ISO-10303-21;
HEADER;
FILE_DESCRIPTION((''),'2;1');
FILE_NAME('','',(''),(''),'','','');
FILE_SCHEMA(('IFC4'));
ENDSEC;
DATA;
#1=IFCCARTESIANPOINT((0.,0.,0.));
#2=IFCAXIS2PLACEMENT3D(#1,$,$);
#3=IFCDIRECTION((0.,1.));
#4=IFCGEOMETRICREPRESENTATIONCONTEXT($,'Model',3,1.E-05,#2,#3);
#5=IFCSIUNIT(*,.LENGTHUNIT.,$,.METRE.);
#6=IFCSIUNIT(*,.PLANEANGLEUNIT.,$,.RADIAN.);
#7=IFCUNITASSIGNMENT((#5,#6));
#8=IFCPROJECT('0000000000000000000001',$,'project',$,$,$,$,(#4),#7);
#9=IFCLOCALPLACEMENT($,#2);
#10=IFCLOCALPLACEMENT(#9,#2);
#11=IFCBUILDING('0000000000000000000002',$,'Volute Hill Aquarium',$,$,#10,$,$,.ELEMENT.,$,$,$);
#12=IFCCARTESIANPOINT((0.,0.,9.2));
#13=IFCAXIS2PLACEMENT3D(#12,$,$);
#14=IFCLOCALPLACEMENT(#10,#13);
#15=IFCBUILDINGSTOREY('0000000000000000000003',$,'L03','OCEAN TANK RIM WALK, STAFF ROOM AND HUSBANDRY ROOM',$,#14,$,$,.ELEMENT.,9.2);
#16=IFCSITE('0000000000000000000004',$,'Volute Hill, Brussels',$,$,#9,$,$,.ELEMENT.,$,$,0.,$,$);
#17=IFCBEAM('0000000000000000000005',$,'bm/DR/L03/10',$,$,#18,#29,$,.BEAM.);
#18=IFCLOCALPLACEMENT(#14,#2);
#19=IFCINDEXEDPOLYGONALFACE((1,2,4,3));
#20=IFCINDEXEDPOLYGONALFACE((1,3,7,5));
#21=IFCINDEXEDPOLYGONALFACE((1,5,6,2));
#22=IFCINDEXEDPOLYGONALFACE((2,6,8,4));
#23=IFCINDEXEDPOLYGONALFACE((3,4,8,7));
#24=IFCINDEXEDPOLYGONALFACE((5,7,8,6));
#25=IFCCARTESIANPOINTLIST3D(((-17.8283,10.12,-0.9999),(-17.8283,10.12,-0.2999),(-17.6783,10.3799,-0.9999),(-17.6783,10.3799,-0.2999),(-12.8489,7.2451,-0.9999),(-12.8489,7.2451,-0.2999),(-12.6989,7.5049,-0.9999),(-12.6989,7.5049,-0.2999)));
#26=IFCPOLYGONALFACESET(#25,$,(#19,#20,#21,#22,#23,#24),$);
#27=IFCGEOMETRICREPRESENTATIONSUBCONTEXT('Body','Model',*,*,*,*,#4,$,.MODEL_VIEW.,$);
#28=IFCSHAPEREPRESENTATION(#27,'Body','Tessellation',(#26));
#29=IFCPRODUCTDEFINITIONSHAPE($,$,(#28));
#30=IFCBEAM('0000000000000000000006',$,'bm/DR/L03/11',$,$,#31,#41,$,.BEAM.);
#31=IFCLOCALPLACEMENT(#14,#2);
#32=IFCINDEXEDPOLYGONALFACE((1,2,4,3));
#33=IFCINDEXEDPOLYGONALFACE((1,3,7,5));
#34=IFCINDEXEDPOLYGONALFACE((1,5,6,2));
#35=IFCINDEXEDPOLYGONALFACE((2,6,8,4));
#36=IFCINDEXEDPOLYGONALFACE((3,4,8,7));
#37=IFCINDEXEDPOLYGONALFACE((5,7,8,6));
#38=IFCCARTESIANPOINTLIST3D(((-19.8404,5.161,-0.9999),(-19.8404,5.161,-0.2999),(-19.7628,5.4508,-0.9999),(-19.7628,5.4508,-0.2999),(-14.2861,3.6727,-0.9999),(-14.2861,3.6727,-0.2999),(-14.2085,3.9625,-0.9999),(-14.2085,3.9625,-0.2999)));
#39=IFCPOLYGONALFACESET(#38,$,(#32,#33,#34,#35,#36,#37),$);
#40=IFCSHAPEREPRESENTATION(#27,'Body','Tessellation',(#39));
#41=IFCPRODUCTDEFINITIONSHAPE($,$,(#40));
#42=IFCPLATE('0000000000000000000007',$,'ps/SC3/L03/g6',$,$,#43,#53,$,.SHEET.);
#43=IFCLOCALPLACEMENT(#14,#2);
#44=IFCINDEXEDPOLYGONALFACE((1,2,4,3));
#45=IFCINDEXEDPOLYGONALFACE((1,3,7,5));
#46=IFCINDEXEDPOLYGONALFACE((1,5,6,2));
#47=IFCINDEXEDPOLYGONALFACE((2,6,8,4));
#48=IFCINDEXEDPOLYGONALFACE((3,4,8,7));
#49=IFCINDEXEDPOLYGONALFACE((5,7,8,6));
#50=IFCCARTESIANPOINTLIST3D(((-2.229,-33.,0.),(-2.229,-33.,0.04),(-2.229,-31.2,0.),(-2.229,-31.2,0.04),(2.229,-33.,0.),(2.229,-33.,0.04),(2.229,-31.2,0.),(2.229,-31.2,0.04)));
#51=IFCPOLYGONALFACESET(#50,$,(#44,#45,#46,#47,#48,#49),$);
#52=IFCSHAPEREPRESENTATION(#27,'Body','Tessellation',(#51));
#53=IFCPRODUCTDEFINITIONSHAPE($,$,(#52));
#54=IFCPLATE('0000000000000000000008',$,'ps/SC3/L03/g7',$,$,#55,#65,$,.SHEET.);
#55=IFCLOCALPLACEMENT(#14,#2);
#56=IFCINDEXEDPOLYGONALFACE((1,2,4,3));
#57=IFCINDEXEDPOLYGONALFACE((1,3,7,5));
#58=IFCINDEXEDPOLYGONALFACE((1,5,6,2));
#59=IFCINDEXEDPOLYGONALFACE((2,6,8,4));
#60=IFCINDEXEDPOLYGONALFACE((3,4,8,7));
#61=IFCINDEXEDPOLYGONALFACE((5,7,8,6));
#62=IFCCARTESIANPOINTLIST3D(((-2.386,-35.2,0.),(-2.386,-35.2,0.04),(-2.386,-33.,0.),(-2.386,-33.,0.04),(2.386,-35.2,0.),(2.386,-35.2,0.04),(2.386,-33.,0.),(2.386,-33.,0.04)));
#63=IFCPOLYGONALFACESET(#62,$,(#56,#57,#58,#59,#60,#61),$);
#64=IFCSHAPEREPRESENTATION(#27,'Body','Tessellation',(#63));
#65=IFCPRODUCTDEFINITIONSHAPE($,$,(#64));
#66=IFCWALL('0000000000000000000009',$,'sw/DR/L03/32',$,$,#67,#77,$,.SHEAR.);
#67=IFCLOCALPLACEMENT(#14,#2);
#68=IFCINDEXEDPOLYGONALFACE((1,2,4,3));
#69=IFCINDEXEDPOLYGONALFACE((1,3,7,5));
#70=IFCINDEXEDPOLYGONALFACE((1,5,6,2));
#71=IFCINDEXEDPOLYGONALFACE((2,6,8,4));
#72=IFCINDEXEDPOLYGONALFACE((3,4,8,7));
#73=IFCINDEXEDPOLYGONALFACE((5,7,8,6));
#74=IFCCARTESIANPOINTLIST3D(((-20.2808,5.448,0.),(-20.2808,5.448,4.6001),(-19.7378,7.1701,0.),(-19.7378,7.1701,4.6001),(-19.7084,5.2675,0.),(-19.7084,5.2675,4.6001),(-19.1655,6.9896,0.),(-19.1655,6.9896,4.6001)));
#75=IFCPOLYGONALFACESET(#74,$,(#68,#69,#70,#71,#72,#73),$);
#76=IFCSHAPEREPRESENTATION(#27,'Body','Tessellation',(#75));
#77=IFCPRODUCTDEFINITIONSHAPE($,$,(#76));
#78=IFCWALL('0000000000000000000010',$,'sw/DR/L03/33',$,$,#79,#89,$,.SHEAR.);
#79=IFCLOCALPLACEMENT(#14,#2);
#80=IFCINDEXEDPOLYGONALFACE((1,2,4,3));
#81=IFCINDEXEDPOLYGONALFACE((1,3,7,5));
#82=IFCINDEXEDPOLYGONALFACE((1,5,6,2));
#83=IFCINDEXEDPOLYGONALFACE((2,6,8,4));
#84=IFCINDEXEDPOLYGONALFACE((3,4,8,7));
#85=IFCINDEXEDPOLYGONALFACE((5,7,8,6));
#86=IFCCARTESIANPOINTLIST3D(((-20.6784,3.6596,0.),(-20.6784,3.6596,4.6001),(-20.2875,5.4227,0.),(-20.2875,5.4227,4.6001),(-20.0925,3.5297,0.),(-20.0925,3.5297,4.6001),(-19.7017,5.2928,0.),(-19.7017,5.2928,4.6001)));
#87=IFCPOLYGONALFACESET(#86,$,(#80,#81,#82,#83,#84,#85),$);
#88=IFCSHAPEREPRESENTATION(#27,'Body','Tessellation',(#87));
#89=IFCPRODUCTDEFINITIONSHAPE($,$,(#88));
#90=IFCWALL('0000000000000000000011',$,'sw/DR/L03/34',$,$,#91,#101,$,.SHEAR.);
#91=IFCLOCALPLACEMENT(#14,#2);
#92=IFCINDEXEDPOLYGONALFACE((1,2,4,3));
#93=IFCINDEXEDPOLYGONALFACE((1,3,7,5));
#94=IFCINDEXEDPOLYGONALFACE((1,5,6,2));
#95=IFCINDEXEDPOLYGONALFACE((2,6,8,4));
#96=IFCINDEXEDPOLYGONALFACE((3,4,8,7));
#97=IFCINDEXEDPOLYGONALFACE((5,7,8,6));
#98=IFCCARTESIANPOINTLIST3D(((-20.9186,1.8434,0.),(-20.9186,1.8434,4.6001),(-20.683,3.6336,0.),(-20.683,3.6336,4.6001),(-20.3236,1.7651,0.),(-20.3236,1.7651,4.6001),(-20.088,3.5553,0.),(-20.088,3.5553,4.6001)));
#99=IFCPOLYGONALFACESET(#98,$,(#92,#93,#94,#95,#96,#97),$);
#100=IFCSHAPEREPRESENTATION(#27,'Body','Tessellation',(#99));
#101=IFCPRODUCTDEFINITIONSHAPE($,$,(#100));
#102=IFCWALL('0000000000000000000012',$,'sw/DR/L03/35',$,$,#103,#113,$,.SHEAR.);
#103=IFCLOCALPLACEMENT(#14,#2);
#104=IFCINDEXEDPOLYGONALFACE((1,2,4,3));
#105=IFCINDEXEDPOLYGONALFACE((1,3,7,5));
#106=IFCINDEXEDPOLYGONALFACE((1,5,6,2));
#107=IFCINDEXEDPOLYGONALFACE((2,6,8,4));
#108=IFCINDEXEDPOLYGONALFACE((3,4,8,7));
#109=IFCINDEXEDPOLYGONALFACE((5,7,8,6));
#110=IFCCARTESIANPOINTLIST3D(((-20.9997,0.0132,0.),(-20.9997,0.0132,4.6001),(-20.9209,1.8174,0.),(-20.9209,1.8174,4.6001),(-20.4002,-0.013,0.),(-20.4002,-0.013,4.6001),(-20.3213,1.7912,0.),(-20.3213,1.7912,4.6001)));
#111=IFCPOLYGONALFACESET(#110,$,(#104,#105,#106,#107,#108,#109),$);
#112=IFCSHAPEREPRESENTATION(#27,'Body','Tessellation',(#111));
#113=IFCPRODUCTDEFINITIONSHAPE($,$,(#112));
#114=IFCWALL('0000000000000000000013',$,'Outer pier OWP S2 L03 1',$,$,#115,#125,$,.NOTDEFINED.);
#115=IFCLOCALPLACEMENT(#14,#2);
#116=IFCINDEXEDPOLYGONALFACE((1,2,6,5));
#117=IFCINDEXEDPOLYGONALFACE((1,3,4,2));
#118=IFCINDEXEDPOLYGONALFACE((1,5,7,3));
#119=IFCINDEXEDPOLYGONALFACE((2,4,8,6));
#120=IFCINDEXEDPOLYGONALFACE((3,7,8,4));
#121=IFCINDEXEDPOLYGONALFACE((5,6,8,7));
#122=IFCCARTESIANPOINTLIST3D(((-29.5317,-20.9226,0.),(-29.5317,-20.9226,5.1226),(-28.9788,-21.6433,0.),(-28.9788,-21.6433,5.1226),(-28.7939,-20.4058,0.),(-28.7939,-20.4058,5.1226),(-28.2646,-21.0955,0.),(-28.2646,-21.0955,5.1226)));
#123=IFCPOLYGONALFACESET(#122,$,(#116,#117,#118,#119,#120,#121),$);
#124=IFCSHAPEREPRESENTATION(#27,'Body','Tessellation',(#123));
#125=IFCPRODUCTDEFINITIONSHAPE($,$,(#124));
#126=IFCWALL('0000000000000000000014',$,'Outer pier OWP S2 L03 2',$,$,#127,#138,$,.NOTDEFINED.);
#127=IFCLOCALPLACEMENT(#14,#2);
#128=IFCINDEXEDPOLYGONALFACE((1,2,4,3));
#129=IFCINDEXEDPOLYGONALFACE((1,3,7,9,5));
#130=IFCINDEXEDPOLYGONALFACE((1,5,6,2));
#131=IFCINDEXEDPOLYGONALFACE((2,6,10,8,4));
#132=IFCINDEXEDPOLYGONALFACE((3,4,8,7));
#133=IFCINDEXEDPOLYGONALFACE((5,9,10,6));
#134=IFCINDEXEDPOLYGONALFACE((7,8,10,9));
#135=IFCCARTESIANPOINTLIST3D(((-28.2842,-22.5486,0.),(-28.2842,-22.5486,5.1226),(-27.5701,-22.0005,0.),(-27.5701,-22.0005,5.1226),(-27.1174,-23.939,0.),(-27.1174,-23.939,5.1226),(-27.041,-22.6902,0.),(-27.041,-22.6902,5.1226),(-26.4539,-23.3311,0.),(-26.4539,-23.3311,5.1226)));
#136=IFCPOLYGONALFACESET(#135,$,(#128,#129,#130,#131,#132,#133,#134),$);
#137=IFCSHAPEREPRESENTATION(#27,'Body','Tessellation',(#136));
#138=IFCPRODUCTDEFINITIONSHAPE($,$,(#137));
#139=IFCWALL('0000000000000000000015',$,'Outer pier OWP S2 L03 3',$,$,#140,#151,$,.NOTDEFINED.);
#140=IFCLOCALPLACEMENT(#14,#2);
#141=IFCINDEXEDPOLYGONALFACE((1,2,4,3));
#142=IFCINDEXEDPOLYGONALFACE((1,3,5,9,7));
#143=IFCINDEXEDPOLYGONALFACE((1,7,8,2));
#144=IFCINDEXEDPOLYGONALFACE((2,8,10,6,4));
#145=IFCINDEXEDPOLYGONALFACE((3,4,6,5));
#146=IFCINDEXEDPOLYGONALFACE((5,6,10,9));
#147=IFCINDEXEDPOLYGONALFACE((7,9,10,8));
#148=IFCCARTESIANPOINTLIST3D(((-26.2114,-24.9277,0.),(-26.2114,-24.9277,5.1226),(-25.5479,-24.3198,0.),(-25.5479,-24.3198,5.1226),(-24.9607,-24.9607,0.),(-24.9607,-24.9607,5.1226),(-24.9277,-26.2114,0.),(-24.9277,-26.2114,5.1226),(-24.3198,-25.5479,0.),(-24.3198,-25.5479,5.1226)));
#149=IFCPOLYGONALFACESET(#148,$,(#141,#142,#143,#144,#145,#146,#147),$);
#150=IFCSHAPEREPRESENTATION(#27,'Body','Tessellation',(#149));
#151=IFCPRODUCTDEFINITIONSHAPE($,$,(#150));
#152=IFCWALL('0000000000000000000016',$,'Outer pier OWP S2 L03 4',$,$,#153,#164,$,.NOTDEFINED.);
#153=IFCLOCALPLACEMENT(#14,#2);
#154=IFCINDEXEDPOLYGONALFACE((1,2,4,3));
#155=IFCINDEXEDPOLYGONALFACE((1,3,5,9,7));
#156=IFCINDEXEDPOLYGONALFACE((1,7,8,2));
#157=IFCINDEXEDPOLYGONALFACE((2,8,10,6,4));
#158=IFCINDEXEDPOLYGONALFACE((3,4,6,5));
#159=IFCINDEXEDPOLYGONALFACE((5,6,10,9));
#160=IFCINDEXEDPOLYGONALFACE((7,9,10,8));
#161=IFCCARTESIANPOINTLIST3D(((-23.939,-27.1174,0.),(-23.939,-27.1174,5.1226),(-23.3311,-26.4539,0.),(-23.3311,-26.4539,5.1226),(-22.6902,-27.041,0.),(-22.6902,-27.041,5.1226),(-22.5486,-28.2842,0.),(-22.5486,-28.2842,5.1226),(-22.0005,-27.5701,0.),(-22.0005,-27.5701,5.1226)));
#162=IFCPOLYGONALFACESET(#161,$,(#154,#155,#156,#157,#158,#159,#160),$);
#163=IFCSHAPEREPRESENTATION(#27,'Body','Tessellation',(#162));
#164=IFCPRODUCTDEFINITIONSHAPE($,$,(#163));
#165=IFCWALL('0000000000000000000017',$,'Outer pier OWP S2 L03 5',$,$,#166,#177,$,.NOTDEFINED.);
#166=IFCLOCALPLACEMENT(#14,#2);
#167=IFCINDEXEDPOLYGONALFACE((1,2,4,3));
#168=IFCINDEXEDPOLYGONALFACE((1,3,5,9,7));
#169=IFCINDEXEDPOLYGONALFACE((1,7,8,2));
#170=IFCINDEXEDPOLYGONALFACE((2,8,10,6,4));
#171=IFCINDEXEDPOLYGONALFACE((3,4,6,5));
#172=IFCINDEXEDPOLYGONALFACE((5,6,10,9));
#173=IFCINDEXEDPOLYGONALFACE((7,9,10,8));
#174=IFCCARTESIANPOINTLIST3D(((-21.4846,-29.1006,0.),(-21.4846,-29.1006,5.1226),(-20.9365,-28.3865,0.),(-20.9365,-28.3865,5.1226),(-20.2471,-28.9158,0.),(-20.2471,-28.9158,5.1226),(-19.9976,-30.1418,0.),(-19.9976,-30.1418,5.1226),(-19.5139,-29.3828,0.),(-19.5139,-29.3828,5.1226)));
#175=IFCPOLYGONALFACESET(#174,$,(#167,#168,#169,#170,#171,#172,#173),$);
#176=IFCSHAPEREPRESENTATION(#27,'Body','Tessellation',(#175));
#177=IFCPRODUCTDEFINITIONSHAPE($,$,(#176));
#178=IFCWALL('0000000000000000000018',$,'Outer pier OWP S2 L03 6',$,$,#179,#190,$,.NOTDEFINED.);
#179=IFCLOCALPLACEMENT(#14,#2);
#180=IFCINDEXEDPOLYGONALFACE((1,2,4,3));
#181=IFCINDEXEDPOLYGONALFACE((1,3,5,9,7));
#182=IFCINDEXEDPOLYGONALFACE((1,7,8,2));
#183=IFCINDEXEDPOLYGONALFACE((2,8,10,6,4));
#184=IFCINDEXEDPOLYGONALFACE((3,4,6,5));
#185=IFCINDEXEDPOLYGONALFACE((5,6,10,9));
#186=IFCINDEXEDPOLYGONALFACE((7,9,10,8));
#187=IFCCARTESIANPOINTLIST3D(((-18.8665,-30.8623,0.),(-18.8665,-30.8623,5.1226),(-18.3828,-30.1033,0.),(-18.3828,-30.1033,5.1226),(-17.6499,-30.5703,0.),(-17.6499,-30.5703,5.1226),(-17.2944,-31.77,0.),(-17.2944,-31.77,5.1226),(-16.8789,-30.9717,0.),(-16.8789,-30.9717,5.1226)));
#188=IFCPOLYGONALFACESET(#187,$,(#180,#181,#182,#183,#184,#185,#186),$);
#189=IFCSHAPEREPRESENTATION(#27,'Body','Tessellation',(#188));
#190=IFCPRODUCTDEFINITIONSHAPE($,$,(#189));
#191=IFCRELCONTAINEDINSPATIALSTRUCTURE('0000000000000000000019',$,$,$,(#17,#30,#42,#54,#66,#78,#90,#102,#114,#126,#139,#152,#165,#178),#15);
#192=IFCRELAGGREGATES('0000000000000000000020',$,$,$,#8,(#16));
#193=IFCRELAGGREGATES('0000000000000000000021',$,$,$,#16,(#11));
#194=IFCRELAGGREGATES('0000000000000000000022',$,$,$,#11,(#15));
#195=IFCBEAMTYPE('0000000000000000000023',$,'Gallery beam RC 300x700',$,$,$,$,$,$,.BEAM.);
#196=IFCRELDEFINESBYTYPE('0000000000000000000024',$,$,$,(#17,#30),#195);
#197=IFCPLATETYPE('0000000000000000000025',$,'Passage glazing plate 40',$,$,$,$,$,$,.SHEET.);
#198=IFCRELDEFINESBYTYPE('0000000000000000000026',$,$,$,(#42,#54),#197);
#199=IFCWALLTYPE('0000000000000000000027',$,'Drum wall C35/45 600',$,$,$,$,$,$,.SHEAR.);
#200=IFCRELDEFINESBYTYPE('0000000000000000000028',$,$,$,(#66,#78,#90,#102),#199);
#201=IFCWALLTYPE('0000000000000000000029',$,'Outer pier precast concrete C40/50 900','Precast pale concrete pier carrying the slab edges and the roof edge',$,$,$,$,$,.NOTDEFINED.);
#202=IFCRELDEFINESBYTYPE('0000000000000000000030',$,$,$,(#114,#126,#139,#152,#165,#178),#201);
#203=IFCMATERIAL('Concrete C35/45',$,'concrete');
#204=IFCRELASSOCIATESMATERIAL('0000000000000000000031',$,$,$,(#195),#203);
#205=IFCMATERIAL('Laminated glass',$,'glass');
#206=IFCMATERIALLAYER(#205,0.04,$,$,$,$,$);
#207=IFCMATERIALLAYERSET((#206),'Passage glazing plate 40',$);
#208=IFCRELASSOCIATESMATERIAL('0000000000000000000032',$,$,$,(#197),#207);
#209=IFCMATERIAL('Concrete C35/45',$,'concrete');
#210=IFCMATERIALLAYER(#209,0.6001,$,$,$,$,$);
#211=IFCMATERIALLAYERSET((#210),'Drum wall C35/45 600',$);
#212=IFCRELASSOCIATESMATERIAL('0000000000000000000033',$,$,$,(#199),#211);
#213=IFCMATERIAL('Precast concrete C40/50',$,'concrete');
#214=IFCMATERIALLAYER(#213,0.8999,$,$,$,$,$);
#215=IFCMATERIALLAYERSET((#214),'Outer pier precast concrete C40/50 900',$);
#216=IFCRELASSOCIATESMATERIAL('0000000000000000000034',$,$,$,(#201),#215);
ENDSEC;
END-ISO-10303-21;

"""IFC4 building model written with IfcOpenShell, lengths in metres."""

from ifc_helpers import new_model, si_unit, direction, frame, frame_2d, origin, origin_2d, place, context, subcontext, project, spatial, polyline, rectangle, outline, extrude, material, layer, layer_set, material_profile, profile_set, type_object, element, save


model = new_model("IFC4")

# Units and contexts
model_context = context("Model", 3, precision=1e-05, world=origin(), true_north=direction((0.0, 1.0)))
body_context = subcontext(model_context, "Body", "Model", "MODEL_VIEW")
ifc_project = project(units=[si_unit("LENGTHUNIT", "METRE"), si_unit("PLANEANGLEUNIT", "RADIAN")], contexts=[model_context])

# Site, building, storey
site_placement = place(None, origin())
site = spatial("IfcSite", under=ifc_project, at=site_placement, Name="Volute Hill, Brussels", CompositionType="ELEMENT", RefElevation=0.0)
building_placement = place(site_placement, origin())
building = spatial("IfcBuilding", under=site, at=building_placement, Name="Volute Hill Aquarium", CompositionType="ELEMENT")
storey_placement = place(building_placement, frame((0.0, 0.0, 9.2)))
storey = spatial("IfcBuildingStorey", under=building, at=storey_placement, Name="L03", Description="OCEAN TANK RIM WALK, STAFF ROOM AND HUSBANDRY ROOM", CompositionType="ELEMENT", Elevation=9.2)

# Beams
ifc_material_1 = material(Name="Concrete C35/45", Category="concrete")
ifc_material_profile = material_profile(ifc_material_1, rectangle(XDim=0.3, YDim=0.7, at=origin_2d()), Name="RC beam 300x700")
ifc_profile_set = profile_set([ifc_material_profile], Name="Concrete C35/45")
beam_type = type_object("IfcBeamType", Name="Gallery beam RC 300x700", PredefinedType="BEAM", material=ifc_profile_set)
beam_1_placement = place(storey_placement, frame((-12.7739, 7.375, -0.6499), z_axis=(-0.866019, 0.500012, 0.0), x_axis=(-0.500012, -0.866019, 0.0)))
element("IfcBeam", 1, at=beam_1_placement, inside=storey, type_object=beam_type, Name="bm/DR/L03/10", PredefinedType="BEAM", context=body_context, shape_type="SweptSolid", body=[
    extrude(rectangle(XDim=0.3, YDim=0.7, at=origin_2d()), origin(), (0.0, 0.0, 1.0), 5.7498),
])
beam_2_placement = place(storey_placement, frame((-14.2473, 3.8176, -0.6499), z_axis=(-0.965924, 0.258825, 0.0), x_axis=(-0.258825, -0.965924, 0.0)))
element("IfcBeam", 2, at=beam_2_placement, inside=storey, type_object=beam_type, Name="bm/DR/L03/11", PredefinedType="BEAM", context=body_context, shape_type="SweptSolid", body=[
    extrude(rectangle(XDim=0.3, YDim=0.7, at=origin_2d()), origin(), (0.0, 0.0, 1.0), 5.7502),
])

# Plates
ifc_material_2 = material(Name="Laminated glass", Category="glass")
ifc_layer_1 = layer(ifc_material_2, 0.04)
ifc_layer_set_1 = layer_set([ifc_layer_1], Name="Passage glazing plate 40")
plate_type = type_object("IfcPlateType", Name="Passage glazing plate 40", PredefinedType="SHEET", material=ifc_layer_set_1)
plate_1_placement = place(storey_placement, origin())
element("IfcPlate", 3, at=plate_1_placement, inside=storey, type_object=plate_type, Name="ps/SC3/L03/g6", PredefinedType="SHEET", context=body_context, shape_type="SweptSolid", body=[
    extrude(outline(polyline([(-2.229, -31.2), (-2.229, -33.0), (2.229, -33.0), (2.229, -31.2), (-2.229, -31.2)])), origin(), (0.0, 0.0, 1.0), 0.04),
])
plate_2_placement = place(storey_placement, origin())
element("IfcPlate", 4, at=plate_2_placement, inside=storey, type_object=plate_type, Name="ps/SC3/L03/g7", PredefinedType="SHEET", context=body_context, shape_type="SweptSolid", body=[
    extrude(outline(polyline([(-2.386, -33.0), (-2.386, -35.2), (2.386, -35.2), (2.386, -33.0), (-2.386, -33.0)])), origin(), (0.0, 0.0, 1.0), 0.04),
])

# Walls
ifc_material_3 = material(Name="Concrete C35/45", Category="concrete")
ifc_layer_2 = layer(ifc_material_3, 0.6001)
ifc_layer_set_2 = layer_set([ifc_layer_2], Name="Drum wall C35/45 600")
wall_type_1 = type_object("IfcWallType", Name="Drum wall C35/45 600", PredefinedType="SHEAR", material=ifc_layer_set_2)
wall_1_placement = place(storey_placement, frame((-19.4517, 7.0798, 0.0), z_axis=(0.0, 0.0, 1.0), x_axis=(-0.300691, -0.953722, 0.0)))
element("IfcWall", 5, at=wall_1_placement, inside=storey, type_object=wall_type_1, Name="sw/DR/L03/32", PredefinedType="SHEAR", context=body_context, shape_type="SweptSolid", body=[
    extrude(rectangle(XDim=1.8057, YDim=0.6001, at=frame_2d((0.9028, 0.0))), origin(), (0.0, 0.0, 1.0), 4.6001),
])
wall_2_placement = place(storey_placement, frame((-19.9946, 5.3577, 0.0), z_axis=(0.0, 0.0, 1.0), x_axis=(-0.216429, -0.976298, 0.0)))
element("IfcWall", 6, at=wall_2_placement, inside=storey, type_object=wall_type_1, Name="sw/DR/L03/33", PredefinedType="SHEAR", context=body_context, shape_type="SweptSolid", body=[
    extrude(rectangle(XDim=1.8059, YDim=0.6001, at=frame_2d((0.9028, 0.0))), origin(), (0.0, 0.0, 1.0), 4.6001),
])
wall_3_placement = place(storey_placement, frame((-20.3855, 3.5945, 0.0), z_axis=(0.0, 0.0, 1.0), x_axis=(-0.130472, -0.991452, 0.0)))
element("IfcWall", 7, at=wall_3_placement, inside=storey, type_object=wall_type_1, Name="sw/DR/L03/34", PredefinedType="SHEAR", context=body_context, shape_type="SweptSolid", body=[
    extrude(rectangle(XDim=1.8057, YDim=0.6001, at=frame_2d((0.9028, 0.0))), origin(), (0.0, 0.0, 1.0), 4.6001),
])
wall_4_placement = place(storey_placement, frame((-20.6211, 1.8042, 0.0), z_axis=(0.0, 0.0, 1.0), x_axis=(-0.043666, -0.999046, 0.0)))
element("IfcWall", 8, at=wall_4_placement, inside=storey, type_object=wall_type_1, Name="sw/DR/L03/35", PredefinedType="SHEAR", context=body_context, shape_type="SweptSolid", body=[
    extrude(rectangle(XDim=1.8059, YDim=0.6001, at=frame_2d((0.9028, 0.0))), origin(), (0.0, 0.0, 1.0), 4.6001),
])
ifc_material_4 = material(Name="Precast concrete C40/50", Category="concrete")
ifc_layer_3 = layer(ifc_material_4, 0.8999)
ifc_layer_set_3 = layer_set([ifc_layer_3], Name="Outer pier precast concrete C40/50 900")
wall_type_2 = type_object("IfcWallType", Name="Outer pier precast concrete C40/50 900", Description="Precast pale concrete pier carrying the slab edges and the roof edge", PredefinedType="NOTDEFINED", material=ifc_layer_set_3)
wall_5_placement = place(storey_placement, origin())
element("IfcWall", 9, at=wall_5_placement, inside=storey, type_object=wall_type_2, Name="Outer pier OWP S2 L03 1", PredefinedType="NOTDEFINED", context=body_context, shape_type="SweptSolid", body=[
    extrude(outline(polyline([(-28.7939, -20.4058), (-29.5317, -20.9226), (-28.9788, -21.6433), (-28.2646, -21.0955), (-28.7939, -20.4058)])), origin(), (0.0, 0.0, 1.0), 5.1226),
])
wall_6_placement = place(storey_placement, origin())
element("IfcWall", 10, at=wall_6_placement, inside=storey, type_object=wall_type_2, Name="Outer pier OWP S2 L03 2", PredefinedType="NOTDEFINED", context=body_context, shape_type="SweptSolid", body=[
    extrude(outline(polyline([(-27.5701, -22.0005), (-28.2842, -22.5486), (-27.1174, -23.939), (-26.4539, -23.3311), (-27.041, -22.6902), (-27.5701, -22.0005)])), origin(), (0.0, 0.0, 1.0), 5.1226),
])
wall_7_placement = place(storey_placement, origin())
element("IfcWall", 11, at=wall_7_placement, inside=storey, type_object=wall_type_2, Name="Outer pier OWP S2 L03 3", PredefinedType="NOTDEFINED", context=body_context, shape_type="SweptSolid", body=[
    extrude(outline(polyline([(-25.5479, -24.3198), (-26.2114, -24.9277), (-24.9277, -26.2114), (-24.3198, -25.5479), (-24.9607, -24.9607), (-25.5479, -24.3198)])), origin(), (0.0, 0.0, 1.0), 5.1226),
])
wall_8_placement = place(storey_placement, origin())
element("IfcWall", 12, at=wall_8_placement, inside=storey, type_object=wall_type_2, Name="Outer pier OWP S2 L03 4", PredefinedType="NOTDEFINED", context=body_context, shape_type="SweptSolid", body=[
    extrude(outline(polyline([(-23.3311, -26.4539), (-23.939, -27.1174), (-22.5486, -28.2842), (-22.0005, -27.5701), (-22.6902, -27.041), (-23.3311, -26.4539)])), origin(), (0.0, 0.0, 1.0), 5.1226),
])
wall_9_placement = place(storey_placement, origin())
element("IfcWall", 13, at=wall_9_placement, inside=storey, type_object=wall_type_2, Name="Outer pier OWP S2 L03 5", PredefinedType="NOTDEFINED", context=body_context, shape_type="SweptSolid", body=[
    extrude(outline(polyline([(-20.9365, -28.3865), (-21.4846, -29.1006), (-19.9976, -30.1418), (-19.5139, -29.3828), (-20.2471, -28.9158), (-20.9365, -28.3865)])), origin(), (0.0, 0.0, 1.0), 5.1226),
])
wall_10_placement = place(storey_placement, origin())
element("IfcWall", 14, at=wall_10_placement, inside=storey, type_object=wall_type_2, Name="Outer pier OWP S2 L03 6", PredefinedType="NOTDEFINED", context=body_context, shape_type="SweptSolid", body=[
    extrude(outline(polyline([(-18.3828, -30.1033), (-18.8665, -30.8623), (-17.2944, -31.77), (-16.8789, -30.9717), (-17.6499, -30.5703), (-18.3828, -30.1033)])), origin(), (0.0, 0.0, 1.0), 5.1226),
])

save(model, "model.ifc")
